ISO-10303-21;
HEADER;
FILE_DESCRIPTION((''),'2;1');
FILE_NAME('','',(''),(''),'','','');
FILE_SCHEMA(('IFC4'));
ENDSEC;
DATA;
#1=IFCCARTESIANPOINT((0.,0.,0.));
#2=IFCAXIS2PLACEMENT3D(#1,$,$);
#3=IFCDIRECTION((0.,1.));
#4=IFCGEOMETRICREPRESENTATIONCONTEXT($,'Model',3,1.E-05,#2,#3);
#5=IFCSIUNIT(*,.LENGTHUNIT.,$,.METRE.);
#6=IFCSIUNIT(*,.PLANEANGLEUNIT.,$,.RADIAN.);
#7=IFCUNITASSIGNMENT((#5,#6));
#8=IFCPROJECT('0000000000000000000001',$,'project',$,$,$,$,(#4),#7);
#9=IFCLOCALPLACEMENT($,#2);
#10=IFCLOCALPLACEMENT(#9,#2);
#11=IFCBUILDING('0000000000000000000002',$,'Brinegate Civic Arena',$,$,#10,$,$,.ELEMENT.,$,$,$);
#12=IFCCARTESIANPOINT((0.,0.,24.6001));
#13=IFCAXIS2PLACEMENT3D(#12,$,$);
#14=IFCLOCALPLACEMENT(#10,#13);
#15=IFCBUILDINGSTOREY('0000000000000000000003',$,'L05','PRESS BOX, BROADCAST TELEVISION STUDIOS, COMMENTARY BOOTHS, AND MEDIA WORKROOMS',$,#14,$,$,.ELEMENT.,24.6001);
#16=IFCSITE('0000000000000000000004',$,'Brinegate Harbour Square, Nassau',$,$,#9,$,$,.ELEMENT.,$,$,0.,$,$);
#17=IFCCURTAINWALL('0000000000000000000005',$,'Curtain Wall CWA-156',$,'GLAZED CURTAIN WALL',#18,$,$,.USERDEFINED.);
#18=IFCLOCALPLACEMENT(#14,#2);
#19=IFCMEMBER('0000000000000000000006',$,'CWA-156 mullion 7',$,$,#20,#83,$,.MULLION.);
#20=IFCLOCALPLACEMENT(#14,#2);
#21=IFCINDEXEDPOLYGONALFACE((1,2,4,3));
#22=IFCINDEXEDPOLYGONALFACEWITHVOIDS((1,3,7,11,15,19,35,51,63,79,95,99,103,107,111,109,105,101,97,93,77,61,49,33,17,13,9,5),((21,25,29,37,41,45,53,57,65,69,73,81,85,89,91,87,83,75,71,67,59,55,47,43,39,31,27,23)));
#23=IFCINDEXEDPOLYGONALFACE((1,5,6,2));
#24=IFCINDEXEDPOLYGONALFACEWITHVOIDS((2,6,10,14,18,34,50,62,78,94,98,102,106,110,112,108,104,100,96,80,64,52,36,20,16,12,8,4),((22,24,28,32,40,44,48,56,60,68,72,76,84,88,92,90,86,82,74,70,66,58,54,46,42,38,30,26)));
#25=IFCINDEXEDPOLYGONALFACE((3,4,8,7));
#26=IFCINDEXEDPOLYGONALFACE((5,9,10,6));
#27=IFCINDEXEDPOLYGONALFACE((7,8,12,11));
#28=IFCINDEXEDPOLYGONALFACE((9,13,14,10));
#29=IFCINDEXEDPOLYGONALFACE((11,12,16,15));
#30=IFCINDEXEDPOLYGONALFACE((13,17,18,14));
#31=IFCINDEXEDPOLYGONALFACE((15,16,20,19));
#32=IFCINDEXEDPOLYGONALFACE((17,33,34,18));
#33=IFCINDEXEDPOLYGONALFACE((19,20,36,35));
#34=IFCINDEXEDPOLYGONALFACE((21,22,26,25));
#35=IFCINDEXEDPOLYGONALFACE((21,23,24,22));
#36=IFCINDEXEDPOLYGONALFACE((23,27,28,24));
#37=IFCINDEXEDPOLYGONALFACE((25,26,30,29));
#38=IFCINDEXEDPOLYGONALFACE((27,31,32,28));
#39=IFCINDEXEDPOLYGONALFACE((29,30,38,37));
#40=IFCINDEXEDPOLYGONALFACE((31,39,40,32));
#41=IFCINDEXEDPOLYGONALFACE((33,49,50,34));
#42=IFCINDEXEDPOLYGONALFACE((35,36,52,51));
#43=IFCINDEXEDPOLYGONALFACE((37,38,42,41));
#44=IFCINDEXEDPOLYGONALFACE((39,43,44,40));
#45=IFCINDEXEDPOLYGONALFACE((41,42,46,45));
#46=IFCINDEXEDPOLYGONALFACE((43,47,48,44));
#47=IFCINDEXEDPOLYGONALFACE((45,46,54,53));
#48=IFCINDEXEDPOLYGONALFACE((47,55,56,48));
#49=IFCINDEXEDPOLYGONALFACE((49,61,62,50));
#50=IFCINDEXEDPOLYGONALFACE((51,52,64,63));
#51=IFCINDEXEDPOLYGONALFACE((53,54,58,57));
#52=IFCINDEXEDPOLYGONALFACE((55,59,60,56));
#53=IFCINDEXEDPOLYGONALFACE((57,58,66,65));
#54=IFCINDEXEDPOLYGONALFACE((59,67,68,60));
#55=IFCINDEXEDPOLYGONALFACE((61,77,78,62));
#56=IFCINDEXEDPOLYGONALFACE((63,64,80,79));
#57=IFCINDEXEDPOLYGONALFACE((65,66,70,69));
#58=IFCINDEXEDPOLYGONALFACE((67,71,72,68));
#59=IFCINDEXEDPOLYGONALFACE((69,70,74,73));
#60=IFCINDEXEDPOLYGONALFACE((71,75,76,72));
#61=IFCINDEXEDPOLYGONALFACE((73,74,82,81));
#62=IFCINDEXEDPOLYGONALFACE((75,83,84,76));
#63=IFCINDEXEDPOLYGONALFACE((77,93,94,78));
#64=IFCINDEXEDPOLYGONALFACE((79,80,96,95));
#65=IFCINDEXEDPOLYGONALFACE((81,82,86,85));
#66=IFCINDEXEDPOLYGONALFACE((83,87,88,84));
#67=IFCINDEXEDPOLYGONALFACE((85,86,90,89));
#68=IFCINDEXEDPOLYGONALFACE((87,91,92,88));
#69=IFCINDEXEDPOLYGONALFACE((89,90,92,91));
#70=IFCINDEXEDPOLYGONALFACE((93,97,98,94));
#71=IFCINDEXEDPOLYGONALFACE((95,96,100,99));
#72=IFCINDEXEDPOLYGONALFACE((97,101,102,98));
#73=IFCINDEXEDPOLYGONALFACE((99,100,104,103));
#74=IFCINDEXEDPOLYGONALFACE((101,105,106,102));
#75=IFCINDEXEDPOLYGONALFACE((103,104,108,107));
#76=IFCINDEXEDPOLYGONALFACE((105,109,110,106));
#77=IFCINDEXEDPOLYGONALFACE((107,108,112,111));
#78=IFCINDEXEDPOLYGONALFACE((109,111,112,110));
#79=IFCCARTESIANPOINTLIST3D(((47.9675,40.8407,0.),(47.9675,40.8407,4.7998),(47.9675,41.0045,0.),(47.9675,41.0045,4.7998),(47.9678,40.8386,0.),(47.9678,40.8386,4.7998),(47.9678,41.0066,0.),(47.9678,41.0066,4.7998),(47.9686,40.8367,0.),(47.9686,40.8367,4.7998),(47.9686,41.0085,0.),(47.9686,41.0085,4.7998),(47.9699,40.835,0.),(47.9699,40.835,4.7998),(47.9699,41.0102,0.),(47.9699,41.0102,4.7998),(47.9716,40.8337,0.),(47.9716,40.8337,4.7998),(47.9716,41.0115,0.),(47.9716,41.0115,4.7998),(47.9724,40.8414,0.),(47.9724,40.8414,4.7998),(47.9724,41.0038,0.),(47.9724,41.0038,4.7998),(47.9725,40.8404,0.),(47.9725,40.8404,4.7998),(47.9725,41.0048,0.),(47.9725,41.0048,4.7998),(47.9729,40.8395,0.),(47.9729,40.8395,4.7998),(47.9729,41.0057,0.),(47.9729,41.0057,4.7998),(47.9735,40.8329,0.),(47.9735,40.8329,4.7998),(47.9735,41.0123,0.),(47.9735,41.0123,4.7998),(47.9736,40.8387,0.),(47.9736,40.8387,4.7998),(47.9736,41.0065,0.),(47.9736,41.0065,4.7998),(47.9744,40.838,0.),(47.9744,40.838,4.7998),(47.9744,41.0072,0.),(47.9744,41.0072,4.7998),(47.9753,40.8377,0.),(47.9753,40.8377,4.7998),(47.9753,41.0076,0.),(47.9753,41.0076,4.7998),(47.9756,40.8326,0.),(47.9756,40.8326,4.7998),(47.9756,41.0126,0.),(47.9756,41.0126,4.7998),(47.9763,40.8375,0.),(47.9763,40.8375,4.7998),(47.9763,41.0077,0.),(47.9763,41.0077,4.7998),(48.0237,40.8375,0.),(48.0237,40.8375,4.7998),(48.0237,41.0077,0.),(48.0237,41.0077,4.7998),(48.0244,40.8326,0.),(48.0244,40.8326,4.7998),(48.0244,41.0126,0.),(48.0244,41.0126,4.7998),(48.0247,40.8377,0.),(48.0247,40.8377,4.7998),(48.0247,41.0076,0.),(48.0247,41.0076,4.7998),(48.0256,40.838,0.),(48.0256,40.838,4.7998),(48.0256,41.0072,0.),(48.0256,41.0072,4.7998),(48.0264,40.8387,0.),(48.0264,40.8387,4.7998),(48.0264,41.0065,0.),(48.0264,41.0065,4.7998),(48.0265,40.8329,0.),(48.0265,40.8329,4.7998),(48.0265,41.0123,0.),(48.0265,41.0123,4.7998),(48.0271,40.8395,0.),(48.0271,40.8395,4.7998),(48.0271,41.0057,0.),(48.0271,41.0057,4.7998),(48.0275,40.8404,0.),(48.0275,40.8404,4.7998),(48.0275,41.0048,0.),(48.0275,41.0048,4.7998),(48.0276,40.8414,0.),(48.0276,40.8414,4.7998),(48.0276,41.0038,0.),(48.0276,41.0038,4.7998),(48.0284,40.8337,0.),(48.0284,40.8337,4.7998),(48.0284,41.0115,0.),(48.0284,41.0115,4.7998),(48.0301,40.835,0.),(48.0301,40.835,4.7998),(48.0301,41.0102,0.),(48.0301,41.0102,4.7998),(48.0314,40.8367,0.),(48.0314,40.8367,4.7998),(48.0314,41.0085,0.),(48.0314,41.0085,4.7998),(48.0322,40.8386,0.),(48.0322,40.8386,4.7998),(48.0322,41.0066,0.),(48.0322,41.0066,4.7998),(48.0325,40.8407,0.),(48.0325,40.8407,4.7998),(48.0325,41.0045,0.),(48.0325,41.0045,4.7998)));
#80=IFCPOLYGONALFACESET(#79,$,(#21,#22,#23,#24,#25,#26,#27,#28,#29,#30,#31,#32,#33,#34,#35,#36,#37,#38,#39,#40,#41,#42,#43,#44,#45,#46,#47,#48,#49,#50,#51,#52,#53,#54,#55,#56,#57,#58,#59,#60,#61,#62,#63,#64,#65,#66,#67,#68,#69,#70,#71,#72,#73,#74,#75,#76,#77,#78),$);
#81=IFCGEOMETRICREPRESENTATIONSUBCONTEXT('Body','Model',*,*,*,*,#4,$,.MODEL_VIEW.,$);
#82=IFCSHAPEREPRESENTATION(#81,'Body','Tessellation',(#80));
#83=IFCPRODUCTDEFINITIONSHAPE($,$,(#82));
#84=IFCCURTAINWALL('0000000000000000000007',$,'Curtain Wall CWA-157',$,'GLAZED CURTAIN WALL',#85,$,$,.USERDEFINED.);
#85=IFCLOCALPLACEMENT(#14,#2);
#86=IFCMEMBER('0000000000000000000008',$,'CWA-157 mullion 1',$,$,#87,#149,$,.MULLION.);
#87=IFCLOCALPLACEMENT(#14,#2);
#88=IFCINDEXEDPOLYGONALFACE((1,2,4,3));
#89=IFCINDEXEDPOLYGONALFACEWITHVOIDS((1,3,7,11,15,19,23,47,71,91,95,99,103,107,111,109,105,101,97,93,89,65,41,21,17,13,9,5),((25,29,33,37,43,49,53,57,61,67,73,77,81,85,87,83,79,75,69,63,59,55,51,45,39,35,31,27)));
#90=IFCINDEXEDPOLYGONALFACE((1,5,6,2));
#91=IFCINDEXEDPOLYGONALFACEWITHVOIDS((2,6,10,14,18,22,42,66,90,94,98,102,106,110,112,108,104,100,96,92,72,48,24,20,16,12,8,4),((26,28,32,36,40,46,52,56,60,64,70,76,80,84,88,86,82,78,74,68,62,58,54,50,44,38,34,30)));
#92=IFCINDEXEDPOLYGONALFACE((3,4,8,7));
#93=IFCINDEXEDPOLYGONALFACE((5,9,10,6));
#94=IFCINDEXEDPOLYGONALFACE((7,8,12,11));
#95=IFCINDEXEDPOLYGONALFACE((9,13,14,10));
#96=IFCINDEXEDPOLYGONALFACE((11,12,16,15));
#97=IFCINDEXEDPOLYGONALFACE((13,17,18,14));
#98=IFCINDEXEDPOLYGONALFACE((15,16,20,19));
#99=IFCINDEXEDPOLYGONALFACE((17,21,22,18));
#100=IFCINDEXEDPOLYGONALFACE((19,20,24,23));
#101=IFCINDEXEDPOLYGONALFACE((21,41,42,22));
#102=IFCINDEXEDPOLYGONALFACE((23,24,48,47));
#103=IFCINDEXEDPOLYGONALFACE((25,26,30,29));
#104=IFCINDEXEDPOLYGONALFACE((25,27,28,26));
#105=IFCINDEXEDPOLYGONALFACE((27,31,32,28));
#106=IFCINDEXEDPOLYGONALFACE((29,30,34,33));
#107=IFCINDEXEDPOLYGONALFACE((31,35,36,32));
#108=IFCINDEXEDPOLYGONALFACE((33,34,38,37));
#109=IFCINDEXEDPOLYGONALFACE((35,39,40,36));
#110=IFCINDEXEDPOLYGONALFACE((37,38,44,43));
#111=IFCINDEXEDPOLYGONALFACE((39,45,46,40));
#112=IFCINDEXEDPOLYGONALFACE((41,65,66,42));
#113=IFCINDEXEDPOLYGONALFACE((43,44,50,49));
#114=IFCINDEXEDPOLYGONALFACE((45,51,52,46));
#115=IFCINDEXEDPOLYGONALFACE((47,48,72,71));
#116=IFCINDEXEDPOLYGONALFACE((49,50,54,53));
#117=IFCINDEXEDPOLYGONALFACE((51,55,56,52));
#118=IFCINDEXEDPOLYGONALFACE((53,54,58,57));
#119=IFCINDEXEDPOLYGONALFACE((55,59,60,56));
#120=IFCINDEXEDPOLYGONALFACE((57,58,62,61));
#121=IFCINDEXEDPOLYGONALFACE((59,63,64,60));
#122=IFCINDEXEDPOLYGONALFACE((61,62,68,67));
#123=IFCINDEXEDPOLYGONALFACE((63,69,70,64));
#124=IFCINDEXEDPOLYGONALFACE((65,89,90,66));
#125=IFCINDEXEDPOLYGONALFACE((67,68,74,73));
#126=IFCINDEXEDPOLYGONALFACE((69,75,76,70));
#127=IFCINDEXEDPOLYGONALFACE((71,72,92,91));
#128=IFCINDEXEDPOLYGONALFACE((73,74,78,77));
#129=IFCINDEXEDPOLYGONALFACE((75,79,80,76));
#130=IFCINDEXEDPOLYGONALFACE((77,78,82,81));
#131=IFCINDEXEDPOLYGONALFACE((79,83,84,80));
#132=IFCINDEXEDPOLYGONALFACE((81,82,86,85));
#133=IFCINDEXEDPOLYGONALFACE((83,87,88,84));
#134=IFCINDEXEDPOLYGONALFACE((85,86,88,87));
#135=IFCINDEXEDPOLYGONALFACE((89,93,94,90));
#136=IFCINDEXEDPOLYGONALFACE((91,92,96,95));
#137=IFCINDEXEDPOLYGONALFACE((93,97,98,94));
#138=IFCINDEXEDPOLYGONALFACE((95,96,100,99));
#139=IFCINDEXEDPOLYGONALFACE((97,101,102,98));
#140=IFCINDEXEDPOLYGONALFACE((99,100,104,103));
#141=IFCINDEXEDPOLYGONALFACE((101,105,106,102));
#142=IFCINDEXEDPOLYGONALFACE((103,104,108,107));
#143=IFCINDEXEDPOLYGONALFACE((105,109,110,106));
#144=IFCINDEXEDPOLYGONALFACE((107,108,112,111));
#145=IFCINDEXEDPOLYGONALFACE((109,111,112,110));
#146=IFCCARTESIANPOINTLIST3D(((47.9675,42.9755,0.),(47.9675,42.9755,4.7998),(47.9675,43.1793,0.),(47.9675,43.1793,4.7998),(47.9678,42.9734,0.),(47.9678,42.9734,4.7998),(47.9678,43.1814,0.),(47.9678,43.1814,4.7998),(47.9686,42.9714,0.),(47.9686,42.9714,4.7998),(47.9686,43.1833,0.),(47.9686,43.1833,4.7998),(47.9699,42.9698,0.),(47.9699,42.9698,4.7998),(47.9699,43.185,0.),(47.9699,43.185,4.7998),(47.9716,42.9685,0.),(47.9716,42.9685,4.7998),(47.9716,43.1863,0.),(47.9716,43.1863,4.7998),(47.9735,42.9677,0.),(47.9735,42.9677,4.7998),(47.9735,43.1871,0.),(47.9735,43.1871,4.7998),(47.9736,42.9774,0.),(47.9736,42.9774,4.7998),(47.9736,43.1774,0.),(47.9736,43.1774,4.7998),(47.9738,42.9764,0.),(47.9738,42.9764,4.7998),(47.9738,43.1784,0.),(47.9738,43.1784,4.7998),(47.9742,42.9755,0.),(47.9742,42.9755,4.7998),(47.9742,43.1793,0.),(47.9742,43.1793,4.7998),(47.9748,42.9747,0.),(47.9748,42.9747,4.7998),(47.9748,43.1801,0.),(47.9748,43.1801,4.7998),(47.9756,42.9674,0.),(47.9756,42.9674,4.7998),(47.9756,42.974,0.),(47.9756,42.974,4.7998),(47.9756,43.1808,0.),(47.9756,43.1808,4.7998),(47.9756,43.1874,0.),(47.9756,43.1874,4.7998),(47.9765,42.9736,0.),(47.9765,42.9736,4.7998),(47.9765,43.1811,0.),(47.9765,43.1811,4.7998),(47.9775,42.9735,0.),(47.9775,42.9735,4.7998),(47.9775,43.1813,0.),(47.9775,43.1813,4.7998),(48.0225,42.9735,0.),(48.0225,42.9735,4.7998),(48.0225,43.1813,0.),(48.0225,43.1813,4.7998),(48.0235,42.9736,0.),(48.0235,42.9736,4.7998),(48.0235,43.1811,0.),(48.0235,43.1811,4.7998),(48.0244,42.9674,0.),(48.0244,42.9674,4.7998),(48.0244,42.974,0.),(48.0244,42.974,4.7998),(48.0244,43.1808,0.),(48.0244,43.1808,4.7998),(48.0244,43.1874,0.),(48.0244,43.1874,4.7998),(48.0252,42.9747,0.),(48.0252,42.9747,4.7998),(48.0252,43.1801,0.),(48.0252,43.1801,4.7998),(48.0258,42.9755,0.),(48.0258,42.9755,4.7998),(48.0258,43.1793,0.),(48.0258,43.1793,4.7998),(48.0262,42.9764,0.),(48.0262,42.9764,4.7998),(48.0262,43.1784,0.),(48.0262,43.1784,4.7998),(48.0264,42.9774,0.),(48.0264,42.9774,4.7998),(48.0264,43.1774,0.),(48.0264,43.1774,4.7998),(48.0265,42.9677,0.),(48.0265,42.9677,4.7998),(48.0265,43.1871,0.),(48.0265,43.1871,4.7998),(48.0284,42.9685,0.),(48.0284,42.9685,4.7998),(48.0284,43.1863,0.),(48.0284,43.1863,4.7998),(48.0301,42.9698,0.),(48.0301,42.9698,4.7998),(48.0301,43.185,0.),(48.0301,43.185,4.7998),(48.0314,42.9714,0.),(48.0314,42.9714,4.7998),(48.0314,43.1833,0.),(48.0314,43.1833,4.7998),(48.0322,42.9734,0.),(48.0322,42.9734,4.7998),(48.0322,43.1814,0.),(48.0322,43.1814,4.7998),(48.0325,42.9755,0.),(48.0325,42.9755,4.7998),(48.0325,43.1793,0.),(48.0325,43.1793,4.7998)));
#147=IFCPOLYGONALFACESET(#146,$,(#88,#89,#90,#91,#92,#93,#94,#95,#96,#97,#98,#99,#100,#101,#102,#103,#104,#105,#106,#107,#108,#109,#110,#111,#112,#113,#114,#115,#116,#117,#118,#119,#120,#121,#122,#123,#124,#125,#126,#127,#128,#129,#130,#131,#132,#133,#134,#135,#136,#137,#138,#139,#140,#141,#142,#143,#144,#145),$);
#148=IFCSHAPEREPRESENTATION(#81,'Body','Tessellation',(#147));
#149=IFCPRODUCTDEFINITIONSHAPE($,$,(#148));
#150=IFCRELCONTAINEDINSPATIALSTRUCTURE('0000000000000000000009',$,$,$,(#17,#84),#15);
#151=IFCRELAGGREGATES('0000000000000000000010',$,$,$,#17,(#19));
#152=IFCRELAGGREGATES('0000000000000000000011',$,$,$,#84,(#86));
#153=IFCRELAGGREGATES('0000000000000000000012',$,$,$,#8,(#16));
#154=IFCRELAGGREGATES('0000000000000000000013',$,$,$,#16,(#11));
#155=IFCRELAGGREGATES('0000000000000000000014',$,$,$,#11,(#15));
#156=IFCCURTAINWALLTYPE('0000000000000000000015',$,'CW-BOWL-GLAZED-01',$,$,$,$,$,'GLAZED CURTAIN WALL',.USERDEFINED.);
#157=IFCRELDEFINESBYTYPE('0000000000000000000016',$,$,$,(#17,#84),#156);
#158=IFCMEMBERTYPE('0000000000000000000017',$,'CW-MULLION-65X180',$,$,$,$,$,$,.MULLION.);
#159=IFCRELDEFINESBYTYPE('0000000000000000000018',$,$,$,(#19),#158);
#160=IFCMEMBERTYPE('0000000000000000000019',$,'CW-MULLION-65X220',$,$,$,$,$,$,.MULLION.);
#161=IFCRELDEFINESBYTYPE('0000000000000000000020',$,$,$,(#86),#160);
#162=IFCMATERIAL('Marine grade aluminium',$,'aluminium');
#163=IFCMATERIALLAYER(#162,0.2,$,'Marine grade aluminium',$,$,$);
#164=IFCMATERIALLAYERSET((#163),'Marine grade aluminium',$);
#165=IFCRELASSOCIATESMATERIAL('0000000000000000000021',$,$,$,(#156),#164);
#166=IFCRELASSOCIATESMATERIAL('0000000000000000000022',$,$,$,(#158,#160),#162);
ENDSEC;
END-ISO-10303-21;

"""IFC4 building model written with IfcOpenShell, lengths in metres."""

from ifc_helpers import new_model, si_unit, direction, frame, origin, origin_2d, place, context, subcontext, project, spatial, hollow_rectangle, extrude, material, layer, layer_set, material_profile, profile_set, type_object, element, aggregate, save


model = new_model("IFC4")

# Units and contexts
model_context = context("Model", 3, precision=1e-05, world=origin(), true_north=direction((0.0, 1.0)))
body_context = subcontext(model_context, "Body", "Model", "MODEL_VIEW")
ifc_project = project(units=[si_unit("LENGTHUNIT", "METRE"), si_unit("PLANEANGLEUNIT", "RADIAN")], contexts=[model_context])

# Site, building, storey
site_placement = place(None, origin())
site = spatial("IfcSite", under=ifc_project, at=site_placement, Name="Brinegate Harbour Square, Nassau", CompositionType="ELEMENT", RefElevation=0.0)
building_placement = place(site_placement, origin())
building = spatial("IfcBuilding", under=site, at=building_placement, Name="Brinegate Civic Arena", CompositionType="ELEMENT")
storey_placement = place(building_placement, frame((0.0, 0.0, 24.6001)))
storey = spatial("IfcBuildingStorey", under=building, at=storey_placement, Name="L05", Description="PRESS BOX, BROADCAST TELEVISION STUDIOS, COMMENTARY BOOTHS, AND MEDIA WORKROOMS", CompositionType="ELEMENT", Elevation=24.6001)

# Curtain wall, member
ifc_material_1 = material(Name="Marine grade aluminium", Category="aluminium")
ifc_layer_1 = layer(ifc_material_1, 0.2, Name="Marine grade aluminium")
ifc_layer_set_1 = layer_set([ifc_layer_1], Name="Marine grade aluminium")
curtain_wall_type = type_object("IfcCurtainWallType", Name="CW-BOWL-GLAZED-01", ElementType="GLAZED CURTAIN WALL", PredefinedType="USERDEFINED", material=ifc_layer_set_1)
curtain_wall_1_placement = place(storey_placement, origin())
curtain_wall_1 = element("IfcCurtainWall", 1, at=curtain_wall_1_placement, inside=storey, type_object=curtain_wall_type, Name="Curtain Wall CWA-156", ObjectType="GLAZED CURTAIN WALL", PredefinedType="USERDEFINED")
ifc_material_profile_1 = material_profile(ifc_material_1, hollow_rectangle(XDim=0.0649, YDim=0.1799, WallThickness=0.0049, InnerFilletRadius=0.0039, OuterFilletRadius=0.0081, at=origin_2d()), Name="MUL65X180")
ifc_profile_set_1 = profile_set([ifc_material_profile_1], Name="Marine grade aluminium")
member_type_1 = type_object("IfcMemberType", Name="CW-MULLION-65X180", PredefinedType="MULLION", material=ifc_profile_set_1)
member_1_placement = place(storey_placement, frame((48.0, 40.9226, 0.0), z_axis=(0.0, 0.0, 1.0), x_axis=(-1.0, 0.0, 0.0)))
member_1 = element("IfcMember", 2, at=member_1_placement, type_object=member_type_1, Name="CWA-156 mullion 7", PredefinedType="MULLION", context=body_context, shape_type="SweptSolid", body=[
    extrude(hollow_rectangle(XDim=0.0649, YDim=0.1799, WallThickness=0.0049, InnerFilletRadius=0.0039, OuterFilletRadius=0.0081, at=origin_2d()), origin(), (0.0, 0.0, 1.0), 4.7998),
])

# Curtain wall, member
curtain_wall_2_placement = place(storey_placement, origin())
curtain_wall_2 = element("IfcCurtainWall", 3, at=curtain_wall_2_placement, inside=storey, type_object=curtain_wall_type, Name="Curtain Wall CWA-157", ObjectType="GLAZED CURTAIN WALL", PredefinedType="USERDEFINED")
ifc_material_profile_2 = material_profile(ifc_material_1, hollow_rectangle(XDim=0.0649, YDim=0.22, WallThickness=0.0061, InnerFilletRadius=0.0039, OuterFilletRadius=0.0081, at=origin_2d()), Name="MUL65X220")
ifc_profile_set_2 = profile_set([ifc_material_profile_2], Name="Marine grade aluminium")
member_type_2 = type_object("IfcMemberType", Name="CW-MULLION-65X220", PredefinedType="MULLION", material=ifc_profile_set_2)
member_2_placement = place(storey_placement, frame((48.0, 43.0774, 0.0), z_axis=(0.0, 0.0, 1.0), x_axis=(-1.0, 0.0, 0.0)))
member_2 = element("IfcMember", 4, at=member_2_placement, type_object=member_type_2, Name="CWA-157 mullion 1", PredefinedType="MULLION", context=body_context, shape_type="SweptSolid", body=[
    extrude(hollow_rectangle(XDim=0.0649, YDim=0.22, WallThickness=0.0061, InnerFilletRadius=0.0039, OuterFilletRadius=0.0081, at=origin_2d()), origin(), (0.0, 0.0, 1.0), 4.7998),
])

aggregate(curtain_wall_1, [member_1])
aggregate(curtain_wall_2, [member_2])

save(model, "model.ifc")
